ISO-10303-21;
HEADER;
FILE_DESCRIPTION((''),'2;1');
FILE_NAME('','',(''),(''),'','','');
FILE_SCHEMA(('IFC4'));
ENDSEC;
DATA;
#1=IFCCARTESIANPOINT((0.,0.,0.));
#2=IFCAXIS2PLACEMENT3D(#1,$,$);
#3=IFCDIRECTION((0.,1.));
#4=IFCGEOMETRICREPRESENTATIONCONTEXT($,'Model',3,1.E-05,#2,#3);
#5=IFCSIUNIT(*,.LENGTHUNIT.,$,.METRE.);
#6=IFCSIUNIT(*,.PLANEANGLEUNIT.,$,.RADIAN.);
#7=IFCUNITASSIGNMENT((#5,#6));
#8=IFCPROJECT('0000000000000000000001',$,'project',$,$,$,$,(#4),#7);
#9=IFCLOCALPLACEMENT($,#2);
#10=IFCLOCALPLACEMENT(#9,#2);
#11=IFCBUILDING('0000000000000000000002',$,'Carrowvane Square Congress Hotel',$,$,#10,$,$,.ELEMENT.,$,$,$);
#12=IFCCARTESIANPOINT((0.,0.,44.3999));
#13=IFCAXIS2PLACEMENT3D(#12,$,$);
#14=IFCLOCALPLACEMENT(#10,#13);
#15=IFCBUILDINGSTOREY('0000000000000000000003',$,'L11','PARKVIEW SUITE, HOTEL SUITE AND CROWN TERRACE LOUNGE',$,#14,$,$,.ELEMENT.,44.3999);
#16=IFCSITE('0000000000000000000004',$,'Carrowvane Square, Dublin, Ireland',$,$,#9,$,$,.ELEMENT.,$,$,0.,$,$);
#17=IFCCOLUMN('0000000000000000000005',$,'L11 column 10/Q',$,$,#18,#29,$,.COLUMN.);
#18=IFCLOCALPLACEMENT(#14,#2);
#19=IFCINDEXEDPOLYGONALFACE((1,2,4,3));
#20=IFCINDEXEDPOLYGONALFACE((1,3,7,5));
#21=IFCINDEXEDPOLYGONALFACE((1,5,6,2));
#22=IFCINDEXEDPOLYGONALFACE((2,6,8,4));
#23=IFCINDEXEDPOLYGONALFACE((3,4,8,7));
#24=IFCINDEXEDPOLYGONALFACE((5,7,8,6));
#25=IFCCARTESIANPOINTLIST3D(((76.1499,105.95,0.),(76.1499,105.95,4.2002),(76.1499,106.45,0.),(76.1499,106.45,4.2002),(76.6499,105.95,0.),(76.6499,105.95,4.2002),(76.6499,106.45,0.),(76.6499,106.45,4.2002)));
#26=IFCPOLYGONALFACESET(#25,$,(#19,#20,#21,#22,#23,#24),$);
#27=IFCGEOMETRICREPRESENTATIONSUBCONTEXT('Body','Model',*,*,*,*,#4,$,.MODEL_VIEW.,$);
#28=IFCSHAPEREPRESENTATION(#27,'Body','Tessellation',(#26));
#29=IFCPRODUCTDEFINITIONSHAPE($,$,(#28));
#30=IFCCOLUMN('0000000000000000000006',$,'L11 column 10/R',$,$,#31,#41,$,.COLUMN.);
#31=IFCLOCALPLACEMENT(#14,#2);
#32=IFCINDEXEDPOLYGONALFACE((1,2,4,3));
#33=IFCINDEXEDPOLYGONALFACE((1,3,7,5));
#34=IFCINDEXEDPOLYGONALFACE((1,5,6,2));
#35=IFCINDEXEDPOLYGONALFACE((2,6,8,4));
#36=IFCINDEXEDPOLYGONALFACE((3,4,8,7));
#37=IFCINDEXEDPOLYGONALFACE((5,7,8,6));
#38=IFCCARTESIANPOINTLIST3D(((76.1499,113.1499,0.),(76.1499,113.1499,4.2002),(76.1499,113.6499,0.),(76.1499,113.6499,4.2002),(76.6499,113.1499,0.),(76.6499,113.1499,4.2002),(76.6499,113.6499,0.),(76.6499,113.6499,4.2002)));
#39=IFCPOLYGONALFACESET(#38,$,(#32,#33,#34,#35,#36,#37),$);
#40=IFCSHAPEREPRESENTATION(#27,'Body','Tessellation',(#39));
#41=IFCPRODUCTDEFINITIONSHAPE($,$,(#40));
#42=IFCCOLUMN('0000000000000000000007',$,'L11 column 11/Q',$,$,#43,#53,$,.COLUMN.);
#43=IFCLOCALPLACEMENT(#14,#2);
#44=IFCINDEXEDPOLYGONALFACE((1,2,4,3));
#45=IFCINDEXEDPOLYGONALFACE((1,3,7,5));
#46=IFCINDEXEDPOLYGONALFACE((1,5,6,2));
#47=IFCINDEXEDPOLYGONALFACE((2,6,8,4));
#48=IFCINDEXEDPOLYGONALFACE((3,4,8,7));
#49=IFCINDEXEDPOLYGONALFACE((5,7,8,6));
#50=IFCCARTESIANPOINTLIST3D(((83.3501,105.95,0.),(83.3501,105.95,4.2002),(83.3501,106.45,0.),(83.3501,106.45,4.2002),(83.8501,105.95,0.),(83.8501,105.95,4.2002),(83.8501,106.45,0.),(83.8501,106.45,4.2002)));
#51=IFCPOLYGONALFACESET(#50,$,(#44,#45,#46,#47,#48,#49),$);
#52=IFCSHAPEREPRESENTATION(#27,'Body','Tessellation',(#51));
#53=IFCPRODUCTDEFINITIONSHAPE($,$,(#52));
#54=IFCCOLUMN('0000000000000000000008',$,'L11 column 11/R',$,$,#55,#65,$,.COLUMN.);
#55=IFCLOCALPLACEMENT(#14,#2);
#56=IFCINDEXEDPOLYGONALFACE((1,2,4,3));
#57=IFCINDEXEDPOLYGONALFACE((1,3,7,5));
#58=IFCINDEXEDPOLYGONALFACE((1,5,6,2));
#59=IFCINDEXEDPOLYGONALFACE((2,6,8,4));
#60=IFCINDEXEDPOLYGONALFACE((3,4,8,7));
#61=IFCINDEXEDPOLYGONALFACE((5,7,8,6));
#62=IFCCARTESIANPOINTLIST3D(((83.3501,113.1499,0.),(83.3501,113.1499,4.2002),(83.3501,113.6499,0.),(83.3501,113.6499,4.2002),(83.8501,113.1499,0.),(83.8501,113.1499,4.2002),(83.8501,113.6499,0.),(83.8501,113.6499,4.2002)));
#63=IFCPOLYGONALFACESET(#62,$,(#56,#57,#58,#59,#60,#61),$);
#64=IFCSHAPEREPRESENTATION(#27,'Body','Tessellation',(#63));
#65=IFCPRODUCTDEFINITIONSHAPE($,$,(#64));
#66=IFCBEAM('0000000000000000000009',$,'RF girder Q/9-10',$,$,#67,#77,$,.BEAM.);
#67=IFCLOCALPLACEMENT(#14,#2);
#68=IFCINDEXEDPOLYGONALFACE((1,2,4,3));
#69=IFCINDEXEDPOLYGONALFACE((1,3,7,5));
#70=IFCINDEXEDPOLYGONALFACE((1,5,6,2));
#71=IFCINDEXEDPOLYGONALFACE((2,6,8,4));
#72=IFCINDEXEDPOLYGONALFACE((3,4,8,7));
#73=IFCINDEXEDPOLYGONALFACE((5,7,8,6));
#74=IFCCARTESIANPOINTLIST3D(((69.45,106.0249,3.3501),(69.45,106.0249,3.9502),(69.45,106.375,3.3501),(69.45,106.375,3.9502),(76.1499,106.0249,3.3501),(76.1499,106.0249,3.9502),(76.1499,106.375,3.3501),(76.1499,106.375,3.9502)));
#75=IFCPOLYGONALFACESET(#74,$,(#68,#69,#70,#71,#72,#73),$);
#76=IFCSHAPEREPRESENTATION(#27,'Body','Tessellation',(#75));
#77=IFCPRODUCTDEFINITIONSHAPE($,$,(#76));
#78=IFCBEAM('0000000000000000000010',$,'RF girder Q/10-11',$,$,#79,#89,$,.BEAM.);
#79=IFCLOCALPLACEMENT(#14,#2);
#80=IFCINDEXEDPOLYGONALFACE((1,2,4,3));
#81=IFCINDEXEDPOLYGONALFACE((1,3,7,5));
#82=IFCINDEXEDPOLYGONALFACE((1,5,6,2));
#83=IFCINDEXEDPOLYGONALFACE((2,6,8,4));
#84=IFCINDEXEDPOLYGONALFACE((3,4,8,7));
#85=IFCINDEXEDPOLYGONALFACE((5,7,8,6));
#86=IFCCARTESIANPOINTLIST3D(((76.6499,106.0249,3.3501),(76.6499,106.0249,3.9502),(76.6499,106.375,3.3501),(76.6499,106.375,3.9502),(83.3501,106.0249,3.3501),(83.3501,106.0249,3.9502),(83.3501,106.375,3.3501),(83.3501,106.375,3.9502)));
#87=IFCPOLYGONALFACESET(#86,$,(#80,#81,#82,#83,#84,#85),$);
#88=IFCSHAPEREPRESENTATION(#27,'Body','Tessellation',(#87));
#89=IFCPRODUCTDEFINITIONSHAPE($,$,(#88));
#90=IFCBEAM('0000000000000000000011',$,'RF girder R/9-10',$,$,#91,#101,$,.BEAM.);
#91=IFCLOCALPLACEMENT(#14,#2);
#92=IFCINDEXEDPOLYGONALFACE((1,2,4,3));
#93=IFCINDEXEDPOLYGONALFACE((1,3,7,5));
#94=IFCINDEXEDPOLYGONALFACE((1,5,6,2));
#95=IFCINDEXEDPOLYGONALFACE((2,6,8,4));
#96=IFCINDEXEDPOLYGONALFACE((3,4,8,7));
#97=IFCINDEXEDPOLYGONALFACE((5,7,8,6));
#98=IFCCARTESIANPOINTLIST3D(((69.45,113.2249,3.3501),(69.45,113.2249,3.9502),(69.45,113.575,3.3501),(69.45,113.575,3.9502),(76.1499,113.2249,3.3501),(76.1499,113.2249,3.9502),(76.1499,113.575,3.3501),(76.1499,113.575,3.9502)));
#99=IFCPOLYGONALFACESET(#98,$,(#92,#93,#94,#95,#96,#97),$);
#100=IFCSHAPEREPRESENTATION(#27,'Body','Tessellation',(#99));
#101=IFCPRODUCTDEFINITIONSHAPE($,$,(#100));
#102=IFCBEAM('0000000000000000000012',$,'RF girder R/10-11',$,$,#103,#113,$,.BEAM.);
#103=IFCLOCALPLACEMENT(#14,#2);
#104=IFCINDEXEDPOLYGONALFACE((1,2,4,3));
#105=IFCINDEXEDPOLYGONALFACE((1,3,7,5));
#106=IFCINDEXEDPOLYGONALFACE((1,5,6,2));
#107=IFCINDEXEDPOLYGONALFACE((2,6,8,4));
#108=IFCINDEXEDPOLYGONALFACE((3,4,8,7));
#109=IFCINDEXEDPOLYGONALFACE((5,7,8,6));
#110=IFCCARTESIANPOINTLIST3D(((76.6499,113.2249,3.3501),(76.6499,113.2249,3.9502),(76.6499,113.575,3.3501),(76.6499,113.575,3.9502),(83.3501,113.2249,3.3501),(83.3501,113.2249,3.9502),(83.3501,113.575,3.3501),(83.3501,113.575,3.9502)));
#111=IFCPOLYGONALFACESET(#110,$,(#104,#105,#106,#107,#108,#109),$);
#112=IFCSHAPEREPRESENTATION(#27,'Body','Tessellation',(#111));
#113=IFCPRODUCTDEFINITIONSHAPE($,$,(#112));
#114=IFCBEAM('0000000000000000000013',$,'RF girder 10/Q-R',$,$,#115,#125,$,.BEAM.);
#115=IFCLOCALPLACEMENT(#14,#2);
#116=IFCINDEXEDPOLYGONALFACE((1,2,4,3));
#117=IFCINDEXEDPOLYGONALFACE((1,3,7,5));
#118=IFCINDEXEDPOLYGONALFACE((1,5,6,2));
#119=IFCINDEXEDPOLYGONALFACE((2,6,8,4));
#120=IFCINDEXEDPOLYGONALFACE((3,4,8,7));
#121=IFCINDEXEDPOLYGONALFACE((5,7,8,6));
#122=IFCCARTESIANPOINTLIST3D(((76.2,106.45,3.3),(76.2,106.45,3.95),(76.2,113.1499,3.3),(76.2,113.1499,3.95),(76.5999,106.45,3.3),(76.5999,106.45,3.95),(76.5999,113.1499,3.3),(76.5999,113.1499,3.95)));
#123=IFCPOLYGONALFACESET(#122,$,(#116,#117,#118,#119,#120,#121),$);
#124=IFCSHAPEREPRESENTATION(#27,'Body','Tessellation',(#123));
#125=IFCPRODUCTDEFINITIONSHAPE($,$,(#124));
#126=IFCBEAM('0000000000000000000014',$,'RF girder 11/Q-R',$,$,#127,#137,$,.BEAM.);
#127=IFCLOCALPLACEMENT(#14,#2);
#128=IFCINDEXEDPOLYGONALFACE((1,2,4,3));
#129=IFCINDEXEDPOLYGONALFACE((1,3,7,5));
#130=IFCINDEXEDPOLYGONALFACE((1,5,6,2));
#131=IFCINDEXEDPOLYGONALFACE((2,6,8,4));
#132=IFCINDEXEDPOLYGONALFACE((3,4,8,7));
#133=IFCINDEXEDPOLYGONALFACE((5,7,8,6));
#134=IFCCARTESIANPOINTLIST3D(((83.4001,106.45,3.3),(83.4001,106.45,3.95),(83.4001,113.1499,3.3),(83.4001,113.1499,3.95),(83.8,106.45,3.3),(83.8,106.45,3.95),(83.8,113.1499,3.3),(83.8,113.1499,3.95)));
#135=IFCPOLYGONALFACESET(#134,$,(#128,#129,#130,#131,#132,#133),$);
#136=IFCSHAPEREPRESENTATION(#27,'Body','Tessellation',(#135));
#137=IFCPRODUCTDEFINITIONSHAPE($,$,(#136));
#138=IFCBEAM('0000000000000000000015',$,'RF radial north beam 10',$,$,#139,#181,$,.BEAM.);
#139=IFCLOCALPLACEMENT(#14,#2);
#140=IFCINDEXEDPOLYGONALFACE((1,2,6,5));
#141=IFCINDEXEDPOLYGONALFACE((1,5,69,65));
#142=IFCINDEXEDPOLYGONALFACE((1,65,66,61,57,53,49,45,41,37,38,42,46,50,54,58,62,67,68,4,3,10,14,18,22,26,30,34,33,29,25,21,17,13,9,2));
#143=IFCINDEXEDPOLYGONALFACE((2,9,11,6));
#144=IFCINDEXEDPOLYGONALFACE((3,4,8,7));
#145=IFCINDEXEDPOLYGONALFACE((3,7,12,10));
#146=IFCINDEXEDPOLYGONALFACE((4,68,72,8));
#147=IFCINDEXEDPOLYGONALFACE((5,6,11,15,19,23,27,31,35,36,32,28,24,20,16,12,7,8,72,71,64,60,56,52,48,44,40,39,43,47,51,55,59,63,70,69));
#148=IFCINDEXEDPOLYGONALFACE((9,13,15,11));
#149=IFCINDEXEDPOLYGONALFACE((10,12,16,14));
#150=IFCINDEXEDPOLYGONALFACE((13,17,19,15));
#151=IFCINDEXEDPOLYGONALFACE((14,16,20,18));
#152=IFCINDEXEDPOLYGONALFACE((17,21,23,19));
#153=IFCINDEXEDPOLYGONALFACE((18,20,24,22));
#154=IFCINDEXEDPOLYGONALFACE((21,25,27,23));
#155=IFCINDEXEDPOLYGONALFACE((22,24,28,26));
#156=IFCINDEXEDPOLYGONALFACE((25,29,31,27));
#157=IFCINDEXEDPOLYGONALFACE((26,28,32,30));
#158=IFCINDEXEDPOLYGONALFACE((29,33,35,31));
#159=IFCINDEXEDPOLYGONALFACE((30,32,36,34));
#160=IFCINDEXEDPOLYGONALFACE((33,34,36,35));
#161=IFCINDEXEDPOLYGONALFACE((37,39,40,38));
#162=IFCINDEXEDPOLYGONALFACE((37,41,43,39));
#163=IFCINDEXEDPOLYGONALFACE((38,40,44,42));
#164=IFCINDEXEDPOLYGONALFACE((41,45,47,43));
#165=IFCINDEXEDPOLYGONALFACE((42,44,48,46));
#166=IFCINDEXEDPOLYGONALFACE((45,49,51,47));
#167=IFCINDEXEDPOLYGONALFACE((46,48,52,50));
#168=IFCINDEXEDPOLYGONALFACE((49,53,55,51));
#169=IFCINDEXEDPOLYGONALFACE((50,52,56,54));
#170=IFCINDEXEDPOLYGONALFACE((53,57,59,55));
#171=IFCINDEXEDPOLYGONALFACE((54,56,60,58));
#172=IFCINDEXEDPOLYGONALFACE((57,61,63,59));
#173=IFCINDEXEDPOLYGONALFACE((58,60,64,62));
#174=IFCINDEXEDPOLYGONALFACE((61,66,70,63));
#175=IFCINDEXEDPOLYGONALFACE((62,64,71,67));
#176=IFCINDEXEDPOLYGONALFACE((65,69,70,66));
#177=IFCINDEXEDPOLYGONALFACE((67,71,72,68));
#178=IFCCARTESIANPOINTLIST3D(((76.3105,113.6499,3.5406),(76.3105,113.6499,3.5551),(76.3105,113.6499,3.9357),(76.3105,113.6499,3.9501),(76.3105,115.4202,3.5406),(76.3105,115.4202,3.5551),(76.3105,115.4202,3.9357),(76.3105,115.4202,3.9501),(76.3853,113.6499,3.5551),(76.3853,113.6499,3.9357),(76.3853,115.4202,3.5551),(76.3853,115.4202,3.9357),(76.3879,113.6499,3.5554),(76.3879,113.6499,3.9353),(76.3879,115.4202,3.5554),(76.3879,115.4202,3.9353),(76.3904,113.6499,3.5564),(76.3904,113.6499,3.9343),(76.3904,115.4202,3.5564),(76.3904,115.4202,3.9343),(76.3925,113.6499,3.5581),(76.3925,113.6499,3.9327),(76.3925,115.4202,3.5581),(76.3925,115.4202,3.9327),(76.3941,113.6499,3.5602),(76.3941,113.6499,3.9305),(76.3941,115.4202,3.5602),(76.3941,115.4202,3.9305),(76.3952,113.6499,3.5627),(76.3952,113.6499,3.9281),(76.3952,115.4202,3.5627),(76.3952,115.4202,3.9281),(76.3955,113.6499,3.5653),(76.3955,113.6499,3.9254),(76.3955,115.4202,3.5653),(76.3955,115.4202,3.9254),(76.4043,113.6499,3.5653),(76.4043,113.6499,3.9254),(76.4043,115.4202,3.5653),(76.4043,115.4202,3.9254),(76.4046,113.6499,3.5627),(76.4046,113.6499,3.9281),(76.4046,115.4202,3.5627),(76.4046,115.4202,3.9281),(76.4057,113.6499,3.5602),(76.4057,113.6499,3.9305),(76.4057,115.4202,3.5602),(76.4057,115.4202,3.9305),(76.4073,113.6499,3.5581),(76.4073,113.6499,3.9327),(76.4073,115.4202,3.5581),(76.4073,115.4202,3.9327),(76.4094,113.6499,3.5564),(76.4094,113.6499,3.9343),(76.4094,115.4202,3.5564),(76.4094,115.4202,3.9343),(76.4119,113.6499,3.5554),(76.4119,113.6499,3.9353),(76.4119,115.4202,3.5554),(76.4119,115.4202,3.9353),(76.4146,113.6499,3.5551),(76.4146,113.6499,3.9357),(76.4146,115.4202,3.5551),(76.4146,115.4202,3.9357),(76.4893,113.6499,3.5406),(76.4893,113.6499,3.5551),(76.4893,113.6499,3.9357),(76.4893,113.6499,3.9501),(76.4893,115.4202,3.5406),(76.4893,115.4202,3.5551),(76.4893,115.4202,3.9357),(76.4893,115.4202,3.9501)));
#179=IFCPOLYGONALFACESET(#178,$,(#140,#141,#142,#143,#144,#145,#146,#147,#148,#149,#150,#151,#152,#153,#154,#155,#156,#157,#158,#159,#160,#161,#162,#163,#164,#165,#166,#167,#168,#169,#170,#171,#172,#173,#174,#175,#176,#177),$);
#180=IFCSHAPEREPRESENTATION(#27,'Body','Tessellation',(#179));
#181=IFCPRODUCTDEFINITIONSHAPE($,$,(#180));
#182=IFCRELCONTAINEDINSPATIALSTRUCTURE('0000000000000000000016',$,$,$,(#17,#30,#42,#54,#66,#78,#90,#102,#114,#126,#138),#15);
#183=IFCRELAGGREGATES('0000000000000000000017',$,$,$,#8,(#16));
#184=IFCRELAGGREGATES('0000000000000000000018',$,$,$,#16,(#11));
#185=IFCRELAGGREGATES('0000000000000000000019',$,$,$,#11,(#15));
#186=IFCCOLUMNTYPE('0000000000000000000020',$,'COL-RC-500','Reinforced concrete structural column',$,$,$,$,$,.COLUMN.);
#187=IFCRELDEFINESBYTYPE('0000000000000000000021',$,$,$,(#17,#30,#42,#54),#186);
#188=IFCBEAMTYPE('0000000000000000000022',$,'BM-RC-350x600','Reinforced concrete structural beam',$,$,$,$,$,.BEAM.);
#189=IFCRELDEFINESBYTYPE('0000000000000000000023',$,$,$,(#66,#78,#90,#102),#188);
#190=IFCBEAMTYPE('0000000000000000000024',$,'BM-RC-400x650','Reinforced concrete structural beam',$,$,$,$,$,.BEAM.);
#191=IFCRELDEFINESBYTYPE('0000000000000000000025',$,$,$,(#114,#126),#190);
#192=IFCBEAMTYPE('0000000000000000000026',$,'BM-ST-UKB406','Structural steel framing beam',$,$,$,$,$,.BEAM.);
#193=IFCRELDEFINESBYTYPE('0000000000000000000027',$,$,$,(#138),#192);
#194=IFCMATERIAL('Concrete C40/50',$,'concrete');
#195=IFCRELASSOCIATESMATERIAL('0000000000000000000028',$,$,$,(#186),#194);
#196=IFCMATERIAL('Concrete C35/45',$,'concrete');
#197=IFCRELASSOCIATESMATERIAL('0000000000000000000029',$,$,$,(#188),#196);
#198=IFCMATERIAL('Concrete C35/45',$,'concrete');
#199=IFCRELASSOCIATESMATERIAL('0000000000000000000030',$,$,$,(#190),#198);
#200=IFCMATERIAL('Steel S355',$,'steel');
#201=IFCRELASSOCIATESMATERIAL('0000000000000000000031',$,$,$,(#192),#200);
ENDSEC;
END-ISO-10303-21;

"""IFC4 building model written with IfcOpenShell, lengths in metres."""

from ifc_helpers import new_model, si_unit, direction, frame, origin, origin_2d, place, context, subcontext, project, spatial, rectangle, i_section, extrude, material, material_profile, profile_set, type_object, element, save


model = new_model("IFC4")

# Units and contexts
model_context = context("Model", 3, precision=1e-05, world=origin(), true_north=direction((0.0, 1.0)))
body_context = subcontext(model_context, "Body", "Model", "MODEL_VIEW")
ifc_project = project(units=[si_unit("LENGTHUNIT", "METRE"), si_unit("PLANEANGLEUNIT", "RADIAN")], contexts=[model_context])

# Site, building, storey
site_placement = place(None, origin())
site = spatial("IfcSite", under=ifc_project, at=site_placement, Name="Carrowvane Square, Dublin, Ireland", CompositionType="ELEMENT", RefElevation=0.0)
building_placement = place(site_placement, origin())
building = spatial("IfcBuilding", under=site, at=building_placement, Name="Carrowvane Square Congress Hotel", CompositionType="ELEMENT")
storey_placement = place(building_placement, frame((0.0, 0.0, 44.3999)))
storey = spatial("IfcBuildingStorey", under=building, at=storey_placement, Name="L11", Description="PARKVIEW SUITE, HOTEL SUITE AND CROWN TERRACE LOUNGE", CompositionType="ELEMENT", Elevation=44.3999)

# Columns
ifc_material_1 = material(Name="Concrete C40/50", Category="concrete")
ifc_material_profile_1 = material_profile(ifc_material_1, rectangle(XDim=0.5, YDim=0.5, at=origin_2d()), Name="RC 500x500")
ifc_profile_set_1 = profile_set([ifc_material_profile_1], Name="Concrete C40/50")
column_type = type_object("IfcColumnType", Name="COL-RC-500", Description="Reinforced concrete structural column", PredefinedType="COLUMN", material=ifc_profile_set_1)
for number, where, z_axis, x_axis, name in (
    (1, (76.3999, 106.2, 0.0), (0.0, 0.0, 1.0), (1.0, 0.0, 0.0), "L11 column 10/Q"),
    (2, (76.3999, 113.3999, 0.0), (0.0, 0.0, 1.0), (1.0, 0.0, 0.0), "L11 column 10/R"),
    (3, (83.6001, 106.2, 0.0), (0.0, 0.0, 1.0), (1.0, 0.0, 0.0), "L11 column 11/Q"),
    (4, (83.6001, 113.3999, 0.0), (0.0, 0.0, 1.0), (1.0, 0.0, 0.0), "L11 column 11/R"),
):
    element("IfcColumn", number, at=place(storey_placement, frame(where, z_axis=z_axis, x_axis=x_axis)), inside=storey, type_object=column_type, Name=name, PredefinedType="COLUMN", context=body_context, shape_type="SweptSolid", body=[
        extrude(rectangle(XDim=0.5, YDim=0.5, at=origin_2d()), origin(), (0.0, 0.0, 1.0), 4.2002),
    ])

# Beams
ifc_material_2 = material(Name="Concrete C35/45", Category="concrete")
ifc_material_profile_2 = material_profile(ifc_material_2, rectangle(XDim=0.3501, YDim=0.6001, at=origin_2d()), Name="RC 350x600")
ifc_profile_set_2 = profile_set([ifc_material_profile_2], Name="Concrete C35/45")
beam_type_1 = type_object("IfcBeamType", Name="BM-RC-350x600", Description="Reinforced concrete structural beam", PredefinedType="BEAM", material=ifc_profile_set_2)
beam_1_placement = place(storey_placement, frame((69.45, 106.2, 3.6501), z_axis=(1.0, 0.0, 0.0), x_axis=(0.0, 1.0, 0.0)))
element("IfcBeam", 5, at=beam_1_placement, inside=storey, type_object=beam_type_1, Name="RF girder Q/9-10", PredefinedType="BEAM", context=body_context, shape_type="SweptSolid", body=[
    extrude(rectangle(XDim=0.3501, YDim=0.6001, at=origin_2d()), origin(), (0.0, 0.0, 1.0), 6.7),
])
beam_2_placement = place(storey_placement, frame((76.6499, 106.2, 3.6501), z_axis=(1.0, 0.0, 0.0), x_axis=(0.0, 1.0, 0.0)))
element("IfcBeam", 6, at=beam_2_placement, inside=storey, type_object=beam_type_1, Name="RF girder Q/10-11", PredefinedType="BEAM", context=body_context, shape_type="SweptSolid", body=[
    extrude(rectangle(XDim=0.3501, YDim=0.6001, at=origin_2d()), origin(), (0.0, 0.0, 1.0), 6.7002),
])
beam_3_placement = place(storey_placement, frame((69.45, 113.3999, 3.6501), z_axis=(1.0, 0.0, 0.0), x_axis=(0.0, 1.0, 0.0)))
element("IfcBeam", 7, at=beam_3_placement, inside=storey, type_object=beam_type_1, Name="RF girder R/9-10", PredefinedType="BEAM", context=body_context, shape_type="SweptSolid", body=[
    extrude(rectangle(XDim=0.3501, YDim=0.6001, at=origin_2d()), origin(), (0.0, 0.0, 1.0), 6.7),
])
beam_4_placement = place(storey_placement, frame((76.6499, 113.3999, 3.6501), z_axis=(1.0, 0.0, 0.0), x_axis=(0.0, 1.0, 0.0)))
element("IfcBeam", 8, at=beam_4_placement, inside=storey, type_object=beam_type_1, Name="RF girder R/10-11", PredefinedType="BEAM", context=body_context, shape_type="SweptSolid", body=[
    extrude(rectangle(XDim=0.3501, YDim=0.6001, at=origin_2d()), origin(), (0.0, 0.0, 1.0), 6.7002),
])
ifc_material_3 = material(Name="Concrete C35/45", Category="concrete")
ifc_material_profile_3 = material_profile(ifc_material_3, rectangle(XDim=0.3999, YDim=0.6499, at=origin_2d()), Name="RC 400x650")
ifc_profile_set_3 = profile_set([ifc_material_profile_3], Name="Concrete C35/45")
beam_type_2 = type_object("IfcBeamType", Name="BM-RC-400x650", Description="Reinforced concrete structural beam", PredefinedType="BEAM", material=ifc_profile_set_3)
for number, where, z_axis, x_axis, name in (
    (9, (76.3999, 106.45, 3.625), (0.0, 1.0, 0.0), (-1.0, 0.0, 0.0), "RF girder 10/Q-R"),
    (10, (83.6001, 106.45, 3.625), (0.0, 1.0, 0.0), (-1.0, 0.0, 0.0), "RF girder 11/Q-R"),
):
    element("IfcBeam", number, at=place(storey_placement, frame(where, z_axis=z_axis, x_axis=x_axis)), inside=storey, type_object=beam_type_2, Name=name, PredefinedType="BEAM", context=body_context, shape_type="SweptSolid", body=[
        extrude(rectangle(XDim=0.3999, YDim=0.6499, at=origin_2d()), origin(), (0.0, 0.0, 1.0), 6.7),
    ])
ifc_material_4 = material(Name="Steel S355", Category="steel")
ifc_material_profile_4 = material_profile(ifc_material_4, i_section(OverallWidth=0.1787, OverallDepth=0.4094, WebThickness=0.0088, FlangeThickness=0.0144, FilletRadius=0.0103, at=origin_2d()), Name="UKB 406x178x67")
ifc_profile_set_4 = profile_set([ifc_material_profile_4], Name="Steel S355")
beam_type_3 = type_object("IfcBeamType", Name="BM-ST-UKB406", Description="Structural steel framing beam", PredefinedType="BEAM", material=ifc_profile_set_4)
beam_5_placement = place(storey_placement, frame((76.3999, 113.6499, 3.7454), z_axis=(0.0, 1.0, 0.0), x_axis=(-1.0, 0.0, 0.0)))
element("IfcBeam", 11, at=beam_5_placement, inside=storey, type_object=beam_type_3, Name="RF radial north beam 10", PredefinedType="BEAM", context=body_context, shape_type="SweptSolid", body=[
    extrude(i_section(OverallWidth=0.1787, OverallDepth=0.4094, WebThickness=0.0088, FlangeThickness=0.0144, FilletRadius=0.0103, at=origin_2d()), origin(), (0.0, 0.0, 1.0), 1.7703),
])

save(model, "model.ifc")
